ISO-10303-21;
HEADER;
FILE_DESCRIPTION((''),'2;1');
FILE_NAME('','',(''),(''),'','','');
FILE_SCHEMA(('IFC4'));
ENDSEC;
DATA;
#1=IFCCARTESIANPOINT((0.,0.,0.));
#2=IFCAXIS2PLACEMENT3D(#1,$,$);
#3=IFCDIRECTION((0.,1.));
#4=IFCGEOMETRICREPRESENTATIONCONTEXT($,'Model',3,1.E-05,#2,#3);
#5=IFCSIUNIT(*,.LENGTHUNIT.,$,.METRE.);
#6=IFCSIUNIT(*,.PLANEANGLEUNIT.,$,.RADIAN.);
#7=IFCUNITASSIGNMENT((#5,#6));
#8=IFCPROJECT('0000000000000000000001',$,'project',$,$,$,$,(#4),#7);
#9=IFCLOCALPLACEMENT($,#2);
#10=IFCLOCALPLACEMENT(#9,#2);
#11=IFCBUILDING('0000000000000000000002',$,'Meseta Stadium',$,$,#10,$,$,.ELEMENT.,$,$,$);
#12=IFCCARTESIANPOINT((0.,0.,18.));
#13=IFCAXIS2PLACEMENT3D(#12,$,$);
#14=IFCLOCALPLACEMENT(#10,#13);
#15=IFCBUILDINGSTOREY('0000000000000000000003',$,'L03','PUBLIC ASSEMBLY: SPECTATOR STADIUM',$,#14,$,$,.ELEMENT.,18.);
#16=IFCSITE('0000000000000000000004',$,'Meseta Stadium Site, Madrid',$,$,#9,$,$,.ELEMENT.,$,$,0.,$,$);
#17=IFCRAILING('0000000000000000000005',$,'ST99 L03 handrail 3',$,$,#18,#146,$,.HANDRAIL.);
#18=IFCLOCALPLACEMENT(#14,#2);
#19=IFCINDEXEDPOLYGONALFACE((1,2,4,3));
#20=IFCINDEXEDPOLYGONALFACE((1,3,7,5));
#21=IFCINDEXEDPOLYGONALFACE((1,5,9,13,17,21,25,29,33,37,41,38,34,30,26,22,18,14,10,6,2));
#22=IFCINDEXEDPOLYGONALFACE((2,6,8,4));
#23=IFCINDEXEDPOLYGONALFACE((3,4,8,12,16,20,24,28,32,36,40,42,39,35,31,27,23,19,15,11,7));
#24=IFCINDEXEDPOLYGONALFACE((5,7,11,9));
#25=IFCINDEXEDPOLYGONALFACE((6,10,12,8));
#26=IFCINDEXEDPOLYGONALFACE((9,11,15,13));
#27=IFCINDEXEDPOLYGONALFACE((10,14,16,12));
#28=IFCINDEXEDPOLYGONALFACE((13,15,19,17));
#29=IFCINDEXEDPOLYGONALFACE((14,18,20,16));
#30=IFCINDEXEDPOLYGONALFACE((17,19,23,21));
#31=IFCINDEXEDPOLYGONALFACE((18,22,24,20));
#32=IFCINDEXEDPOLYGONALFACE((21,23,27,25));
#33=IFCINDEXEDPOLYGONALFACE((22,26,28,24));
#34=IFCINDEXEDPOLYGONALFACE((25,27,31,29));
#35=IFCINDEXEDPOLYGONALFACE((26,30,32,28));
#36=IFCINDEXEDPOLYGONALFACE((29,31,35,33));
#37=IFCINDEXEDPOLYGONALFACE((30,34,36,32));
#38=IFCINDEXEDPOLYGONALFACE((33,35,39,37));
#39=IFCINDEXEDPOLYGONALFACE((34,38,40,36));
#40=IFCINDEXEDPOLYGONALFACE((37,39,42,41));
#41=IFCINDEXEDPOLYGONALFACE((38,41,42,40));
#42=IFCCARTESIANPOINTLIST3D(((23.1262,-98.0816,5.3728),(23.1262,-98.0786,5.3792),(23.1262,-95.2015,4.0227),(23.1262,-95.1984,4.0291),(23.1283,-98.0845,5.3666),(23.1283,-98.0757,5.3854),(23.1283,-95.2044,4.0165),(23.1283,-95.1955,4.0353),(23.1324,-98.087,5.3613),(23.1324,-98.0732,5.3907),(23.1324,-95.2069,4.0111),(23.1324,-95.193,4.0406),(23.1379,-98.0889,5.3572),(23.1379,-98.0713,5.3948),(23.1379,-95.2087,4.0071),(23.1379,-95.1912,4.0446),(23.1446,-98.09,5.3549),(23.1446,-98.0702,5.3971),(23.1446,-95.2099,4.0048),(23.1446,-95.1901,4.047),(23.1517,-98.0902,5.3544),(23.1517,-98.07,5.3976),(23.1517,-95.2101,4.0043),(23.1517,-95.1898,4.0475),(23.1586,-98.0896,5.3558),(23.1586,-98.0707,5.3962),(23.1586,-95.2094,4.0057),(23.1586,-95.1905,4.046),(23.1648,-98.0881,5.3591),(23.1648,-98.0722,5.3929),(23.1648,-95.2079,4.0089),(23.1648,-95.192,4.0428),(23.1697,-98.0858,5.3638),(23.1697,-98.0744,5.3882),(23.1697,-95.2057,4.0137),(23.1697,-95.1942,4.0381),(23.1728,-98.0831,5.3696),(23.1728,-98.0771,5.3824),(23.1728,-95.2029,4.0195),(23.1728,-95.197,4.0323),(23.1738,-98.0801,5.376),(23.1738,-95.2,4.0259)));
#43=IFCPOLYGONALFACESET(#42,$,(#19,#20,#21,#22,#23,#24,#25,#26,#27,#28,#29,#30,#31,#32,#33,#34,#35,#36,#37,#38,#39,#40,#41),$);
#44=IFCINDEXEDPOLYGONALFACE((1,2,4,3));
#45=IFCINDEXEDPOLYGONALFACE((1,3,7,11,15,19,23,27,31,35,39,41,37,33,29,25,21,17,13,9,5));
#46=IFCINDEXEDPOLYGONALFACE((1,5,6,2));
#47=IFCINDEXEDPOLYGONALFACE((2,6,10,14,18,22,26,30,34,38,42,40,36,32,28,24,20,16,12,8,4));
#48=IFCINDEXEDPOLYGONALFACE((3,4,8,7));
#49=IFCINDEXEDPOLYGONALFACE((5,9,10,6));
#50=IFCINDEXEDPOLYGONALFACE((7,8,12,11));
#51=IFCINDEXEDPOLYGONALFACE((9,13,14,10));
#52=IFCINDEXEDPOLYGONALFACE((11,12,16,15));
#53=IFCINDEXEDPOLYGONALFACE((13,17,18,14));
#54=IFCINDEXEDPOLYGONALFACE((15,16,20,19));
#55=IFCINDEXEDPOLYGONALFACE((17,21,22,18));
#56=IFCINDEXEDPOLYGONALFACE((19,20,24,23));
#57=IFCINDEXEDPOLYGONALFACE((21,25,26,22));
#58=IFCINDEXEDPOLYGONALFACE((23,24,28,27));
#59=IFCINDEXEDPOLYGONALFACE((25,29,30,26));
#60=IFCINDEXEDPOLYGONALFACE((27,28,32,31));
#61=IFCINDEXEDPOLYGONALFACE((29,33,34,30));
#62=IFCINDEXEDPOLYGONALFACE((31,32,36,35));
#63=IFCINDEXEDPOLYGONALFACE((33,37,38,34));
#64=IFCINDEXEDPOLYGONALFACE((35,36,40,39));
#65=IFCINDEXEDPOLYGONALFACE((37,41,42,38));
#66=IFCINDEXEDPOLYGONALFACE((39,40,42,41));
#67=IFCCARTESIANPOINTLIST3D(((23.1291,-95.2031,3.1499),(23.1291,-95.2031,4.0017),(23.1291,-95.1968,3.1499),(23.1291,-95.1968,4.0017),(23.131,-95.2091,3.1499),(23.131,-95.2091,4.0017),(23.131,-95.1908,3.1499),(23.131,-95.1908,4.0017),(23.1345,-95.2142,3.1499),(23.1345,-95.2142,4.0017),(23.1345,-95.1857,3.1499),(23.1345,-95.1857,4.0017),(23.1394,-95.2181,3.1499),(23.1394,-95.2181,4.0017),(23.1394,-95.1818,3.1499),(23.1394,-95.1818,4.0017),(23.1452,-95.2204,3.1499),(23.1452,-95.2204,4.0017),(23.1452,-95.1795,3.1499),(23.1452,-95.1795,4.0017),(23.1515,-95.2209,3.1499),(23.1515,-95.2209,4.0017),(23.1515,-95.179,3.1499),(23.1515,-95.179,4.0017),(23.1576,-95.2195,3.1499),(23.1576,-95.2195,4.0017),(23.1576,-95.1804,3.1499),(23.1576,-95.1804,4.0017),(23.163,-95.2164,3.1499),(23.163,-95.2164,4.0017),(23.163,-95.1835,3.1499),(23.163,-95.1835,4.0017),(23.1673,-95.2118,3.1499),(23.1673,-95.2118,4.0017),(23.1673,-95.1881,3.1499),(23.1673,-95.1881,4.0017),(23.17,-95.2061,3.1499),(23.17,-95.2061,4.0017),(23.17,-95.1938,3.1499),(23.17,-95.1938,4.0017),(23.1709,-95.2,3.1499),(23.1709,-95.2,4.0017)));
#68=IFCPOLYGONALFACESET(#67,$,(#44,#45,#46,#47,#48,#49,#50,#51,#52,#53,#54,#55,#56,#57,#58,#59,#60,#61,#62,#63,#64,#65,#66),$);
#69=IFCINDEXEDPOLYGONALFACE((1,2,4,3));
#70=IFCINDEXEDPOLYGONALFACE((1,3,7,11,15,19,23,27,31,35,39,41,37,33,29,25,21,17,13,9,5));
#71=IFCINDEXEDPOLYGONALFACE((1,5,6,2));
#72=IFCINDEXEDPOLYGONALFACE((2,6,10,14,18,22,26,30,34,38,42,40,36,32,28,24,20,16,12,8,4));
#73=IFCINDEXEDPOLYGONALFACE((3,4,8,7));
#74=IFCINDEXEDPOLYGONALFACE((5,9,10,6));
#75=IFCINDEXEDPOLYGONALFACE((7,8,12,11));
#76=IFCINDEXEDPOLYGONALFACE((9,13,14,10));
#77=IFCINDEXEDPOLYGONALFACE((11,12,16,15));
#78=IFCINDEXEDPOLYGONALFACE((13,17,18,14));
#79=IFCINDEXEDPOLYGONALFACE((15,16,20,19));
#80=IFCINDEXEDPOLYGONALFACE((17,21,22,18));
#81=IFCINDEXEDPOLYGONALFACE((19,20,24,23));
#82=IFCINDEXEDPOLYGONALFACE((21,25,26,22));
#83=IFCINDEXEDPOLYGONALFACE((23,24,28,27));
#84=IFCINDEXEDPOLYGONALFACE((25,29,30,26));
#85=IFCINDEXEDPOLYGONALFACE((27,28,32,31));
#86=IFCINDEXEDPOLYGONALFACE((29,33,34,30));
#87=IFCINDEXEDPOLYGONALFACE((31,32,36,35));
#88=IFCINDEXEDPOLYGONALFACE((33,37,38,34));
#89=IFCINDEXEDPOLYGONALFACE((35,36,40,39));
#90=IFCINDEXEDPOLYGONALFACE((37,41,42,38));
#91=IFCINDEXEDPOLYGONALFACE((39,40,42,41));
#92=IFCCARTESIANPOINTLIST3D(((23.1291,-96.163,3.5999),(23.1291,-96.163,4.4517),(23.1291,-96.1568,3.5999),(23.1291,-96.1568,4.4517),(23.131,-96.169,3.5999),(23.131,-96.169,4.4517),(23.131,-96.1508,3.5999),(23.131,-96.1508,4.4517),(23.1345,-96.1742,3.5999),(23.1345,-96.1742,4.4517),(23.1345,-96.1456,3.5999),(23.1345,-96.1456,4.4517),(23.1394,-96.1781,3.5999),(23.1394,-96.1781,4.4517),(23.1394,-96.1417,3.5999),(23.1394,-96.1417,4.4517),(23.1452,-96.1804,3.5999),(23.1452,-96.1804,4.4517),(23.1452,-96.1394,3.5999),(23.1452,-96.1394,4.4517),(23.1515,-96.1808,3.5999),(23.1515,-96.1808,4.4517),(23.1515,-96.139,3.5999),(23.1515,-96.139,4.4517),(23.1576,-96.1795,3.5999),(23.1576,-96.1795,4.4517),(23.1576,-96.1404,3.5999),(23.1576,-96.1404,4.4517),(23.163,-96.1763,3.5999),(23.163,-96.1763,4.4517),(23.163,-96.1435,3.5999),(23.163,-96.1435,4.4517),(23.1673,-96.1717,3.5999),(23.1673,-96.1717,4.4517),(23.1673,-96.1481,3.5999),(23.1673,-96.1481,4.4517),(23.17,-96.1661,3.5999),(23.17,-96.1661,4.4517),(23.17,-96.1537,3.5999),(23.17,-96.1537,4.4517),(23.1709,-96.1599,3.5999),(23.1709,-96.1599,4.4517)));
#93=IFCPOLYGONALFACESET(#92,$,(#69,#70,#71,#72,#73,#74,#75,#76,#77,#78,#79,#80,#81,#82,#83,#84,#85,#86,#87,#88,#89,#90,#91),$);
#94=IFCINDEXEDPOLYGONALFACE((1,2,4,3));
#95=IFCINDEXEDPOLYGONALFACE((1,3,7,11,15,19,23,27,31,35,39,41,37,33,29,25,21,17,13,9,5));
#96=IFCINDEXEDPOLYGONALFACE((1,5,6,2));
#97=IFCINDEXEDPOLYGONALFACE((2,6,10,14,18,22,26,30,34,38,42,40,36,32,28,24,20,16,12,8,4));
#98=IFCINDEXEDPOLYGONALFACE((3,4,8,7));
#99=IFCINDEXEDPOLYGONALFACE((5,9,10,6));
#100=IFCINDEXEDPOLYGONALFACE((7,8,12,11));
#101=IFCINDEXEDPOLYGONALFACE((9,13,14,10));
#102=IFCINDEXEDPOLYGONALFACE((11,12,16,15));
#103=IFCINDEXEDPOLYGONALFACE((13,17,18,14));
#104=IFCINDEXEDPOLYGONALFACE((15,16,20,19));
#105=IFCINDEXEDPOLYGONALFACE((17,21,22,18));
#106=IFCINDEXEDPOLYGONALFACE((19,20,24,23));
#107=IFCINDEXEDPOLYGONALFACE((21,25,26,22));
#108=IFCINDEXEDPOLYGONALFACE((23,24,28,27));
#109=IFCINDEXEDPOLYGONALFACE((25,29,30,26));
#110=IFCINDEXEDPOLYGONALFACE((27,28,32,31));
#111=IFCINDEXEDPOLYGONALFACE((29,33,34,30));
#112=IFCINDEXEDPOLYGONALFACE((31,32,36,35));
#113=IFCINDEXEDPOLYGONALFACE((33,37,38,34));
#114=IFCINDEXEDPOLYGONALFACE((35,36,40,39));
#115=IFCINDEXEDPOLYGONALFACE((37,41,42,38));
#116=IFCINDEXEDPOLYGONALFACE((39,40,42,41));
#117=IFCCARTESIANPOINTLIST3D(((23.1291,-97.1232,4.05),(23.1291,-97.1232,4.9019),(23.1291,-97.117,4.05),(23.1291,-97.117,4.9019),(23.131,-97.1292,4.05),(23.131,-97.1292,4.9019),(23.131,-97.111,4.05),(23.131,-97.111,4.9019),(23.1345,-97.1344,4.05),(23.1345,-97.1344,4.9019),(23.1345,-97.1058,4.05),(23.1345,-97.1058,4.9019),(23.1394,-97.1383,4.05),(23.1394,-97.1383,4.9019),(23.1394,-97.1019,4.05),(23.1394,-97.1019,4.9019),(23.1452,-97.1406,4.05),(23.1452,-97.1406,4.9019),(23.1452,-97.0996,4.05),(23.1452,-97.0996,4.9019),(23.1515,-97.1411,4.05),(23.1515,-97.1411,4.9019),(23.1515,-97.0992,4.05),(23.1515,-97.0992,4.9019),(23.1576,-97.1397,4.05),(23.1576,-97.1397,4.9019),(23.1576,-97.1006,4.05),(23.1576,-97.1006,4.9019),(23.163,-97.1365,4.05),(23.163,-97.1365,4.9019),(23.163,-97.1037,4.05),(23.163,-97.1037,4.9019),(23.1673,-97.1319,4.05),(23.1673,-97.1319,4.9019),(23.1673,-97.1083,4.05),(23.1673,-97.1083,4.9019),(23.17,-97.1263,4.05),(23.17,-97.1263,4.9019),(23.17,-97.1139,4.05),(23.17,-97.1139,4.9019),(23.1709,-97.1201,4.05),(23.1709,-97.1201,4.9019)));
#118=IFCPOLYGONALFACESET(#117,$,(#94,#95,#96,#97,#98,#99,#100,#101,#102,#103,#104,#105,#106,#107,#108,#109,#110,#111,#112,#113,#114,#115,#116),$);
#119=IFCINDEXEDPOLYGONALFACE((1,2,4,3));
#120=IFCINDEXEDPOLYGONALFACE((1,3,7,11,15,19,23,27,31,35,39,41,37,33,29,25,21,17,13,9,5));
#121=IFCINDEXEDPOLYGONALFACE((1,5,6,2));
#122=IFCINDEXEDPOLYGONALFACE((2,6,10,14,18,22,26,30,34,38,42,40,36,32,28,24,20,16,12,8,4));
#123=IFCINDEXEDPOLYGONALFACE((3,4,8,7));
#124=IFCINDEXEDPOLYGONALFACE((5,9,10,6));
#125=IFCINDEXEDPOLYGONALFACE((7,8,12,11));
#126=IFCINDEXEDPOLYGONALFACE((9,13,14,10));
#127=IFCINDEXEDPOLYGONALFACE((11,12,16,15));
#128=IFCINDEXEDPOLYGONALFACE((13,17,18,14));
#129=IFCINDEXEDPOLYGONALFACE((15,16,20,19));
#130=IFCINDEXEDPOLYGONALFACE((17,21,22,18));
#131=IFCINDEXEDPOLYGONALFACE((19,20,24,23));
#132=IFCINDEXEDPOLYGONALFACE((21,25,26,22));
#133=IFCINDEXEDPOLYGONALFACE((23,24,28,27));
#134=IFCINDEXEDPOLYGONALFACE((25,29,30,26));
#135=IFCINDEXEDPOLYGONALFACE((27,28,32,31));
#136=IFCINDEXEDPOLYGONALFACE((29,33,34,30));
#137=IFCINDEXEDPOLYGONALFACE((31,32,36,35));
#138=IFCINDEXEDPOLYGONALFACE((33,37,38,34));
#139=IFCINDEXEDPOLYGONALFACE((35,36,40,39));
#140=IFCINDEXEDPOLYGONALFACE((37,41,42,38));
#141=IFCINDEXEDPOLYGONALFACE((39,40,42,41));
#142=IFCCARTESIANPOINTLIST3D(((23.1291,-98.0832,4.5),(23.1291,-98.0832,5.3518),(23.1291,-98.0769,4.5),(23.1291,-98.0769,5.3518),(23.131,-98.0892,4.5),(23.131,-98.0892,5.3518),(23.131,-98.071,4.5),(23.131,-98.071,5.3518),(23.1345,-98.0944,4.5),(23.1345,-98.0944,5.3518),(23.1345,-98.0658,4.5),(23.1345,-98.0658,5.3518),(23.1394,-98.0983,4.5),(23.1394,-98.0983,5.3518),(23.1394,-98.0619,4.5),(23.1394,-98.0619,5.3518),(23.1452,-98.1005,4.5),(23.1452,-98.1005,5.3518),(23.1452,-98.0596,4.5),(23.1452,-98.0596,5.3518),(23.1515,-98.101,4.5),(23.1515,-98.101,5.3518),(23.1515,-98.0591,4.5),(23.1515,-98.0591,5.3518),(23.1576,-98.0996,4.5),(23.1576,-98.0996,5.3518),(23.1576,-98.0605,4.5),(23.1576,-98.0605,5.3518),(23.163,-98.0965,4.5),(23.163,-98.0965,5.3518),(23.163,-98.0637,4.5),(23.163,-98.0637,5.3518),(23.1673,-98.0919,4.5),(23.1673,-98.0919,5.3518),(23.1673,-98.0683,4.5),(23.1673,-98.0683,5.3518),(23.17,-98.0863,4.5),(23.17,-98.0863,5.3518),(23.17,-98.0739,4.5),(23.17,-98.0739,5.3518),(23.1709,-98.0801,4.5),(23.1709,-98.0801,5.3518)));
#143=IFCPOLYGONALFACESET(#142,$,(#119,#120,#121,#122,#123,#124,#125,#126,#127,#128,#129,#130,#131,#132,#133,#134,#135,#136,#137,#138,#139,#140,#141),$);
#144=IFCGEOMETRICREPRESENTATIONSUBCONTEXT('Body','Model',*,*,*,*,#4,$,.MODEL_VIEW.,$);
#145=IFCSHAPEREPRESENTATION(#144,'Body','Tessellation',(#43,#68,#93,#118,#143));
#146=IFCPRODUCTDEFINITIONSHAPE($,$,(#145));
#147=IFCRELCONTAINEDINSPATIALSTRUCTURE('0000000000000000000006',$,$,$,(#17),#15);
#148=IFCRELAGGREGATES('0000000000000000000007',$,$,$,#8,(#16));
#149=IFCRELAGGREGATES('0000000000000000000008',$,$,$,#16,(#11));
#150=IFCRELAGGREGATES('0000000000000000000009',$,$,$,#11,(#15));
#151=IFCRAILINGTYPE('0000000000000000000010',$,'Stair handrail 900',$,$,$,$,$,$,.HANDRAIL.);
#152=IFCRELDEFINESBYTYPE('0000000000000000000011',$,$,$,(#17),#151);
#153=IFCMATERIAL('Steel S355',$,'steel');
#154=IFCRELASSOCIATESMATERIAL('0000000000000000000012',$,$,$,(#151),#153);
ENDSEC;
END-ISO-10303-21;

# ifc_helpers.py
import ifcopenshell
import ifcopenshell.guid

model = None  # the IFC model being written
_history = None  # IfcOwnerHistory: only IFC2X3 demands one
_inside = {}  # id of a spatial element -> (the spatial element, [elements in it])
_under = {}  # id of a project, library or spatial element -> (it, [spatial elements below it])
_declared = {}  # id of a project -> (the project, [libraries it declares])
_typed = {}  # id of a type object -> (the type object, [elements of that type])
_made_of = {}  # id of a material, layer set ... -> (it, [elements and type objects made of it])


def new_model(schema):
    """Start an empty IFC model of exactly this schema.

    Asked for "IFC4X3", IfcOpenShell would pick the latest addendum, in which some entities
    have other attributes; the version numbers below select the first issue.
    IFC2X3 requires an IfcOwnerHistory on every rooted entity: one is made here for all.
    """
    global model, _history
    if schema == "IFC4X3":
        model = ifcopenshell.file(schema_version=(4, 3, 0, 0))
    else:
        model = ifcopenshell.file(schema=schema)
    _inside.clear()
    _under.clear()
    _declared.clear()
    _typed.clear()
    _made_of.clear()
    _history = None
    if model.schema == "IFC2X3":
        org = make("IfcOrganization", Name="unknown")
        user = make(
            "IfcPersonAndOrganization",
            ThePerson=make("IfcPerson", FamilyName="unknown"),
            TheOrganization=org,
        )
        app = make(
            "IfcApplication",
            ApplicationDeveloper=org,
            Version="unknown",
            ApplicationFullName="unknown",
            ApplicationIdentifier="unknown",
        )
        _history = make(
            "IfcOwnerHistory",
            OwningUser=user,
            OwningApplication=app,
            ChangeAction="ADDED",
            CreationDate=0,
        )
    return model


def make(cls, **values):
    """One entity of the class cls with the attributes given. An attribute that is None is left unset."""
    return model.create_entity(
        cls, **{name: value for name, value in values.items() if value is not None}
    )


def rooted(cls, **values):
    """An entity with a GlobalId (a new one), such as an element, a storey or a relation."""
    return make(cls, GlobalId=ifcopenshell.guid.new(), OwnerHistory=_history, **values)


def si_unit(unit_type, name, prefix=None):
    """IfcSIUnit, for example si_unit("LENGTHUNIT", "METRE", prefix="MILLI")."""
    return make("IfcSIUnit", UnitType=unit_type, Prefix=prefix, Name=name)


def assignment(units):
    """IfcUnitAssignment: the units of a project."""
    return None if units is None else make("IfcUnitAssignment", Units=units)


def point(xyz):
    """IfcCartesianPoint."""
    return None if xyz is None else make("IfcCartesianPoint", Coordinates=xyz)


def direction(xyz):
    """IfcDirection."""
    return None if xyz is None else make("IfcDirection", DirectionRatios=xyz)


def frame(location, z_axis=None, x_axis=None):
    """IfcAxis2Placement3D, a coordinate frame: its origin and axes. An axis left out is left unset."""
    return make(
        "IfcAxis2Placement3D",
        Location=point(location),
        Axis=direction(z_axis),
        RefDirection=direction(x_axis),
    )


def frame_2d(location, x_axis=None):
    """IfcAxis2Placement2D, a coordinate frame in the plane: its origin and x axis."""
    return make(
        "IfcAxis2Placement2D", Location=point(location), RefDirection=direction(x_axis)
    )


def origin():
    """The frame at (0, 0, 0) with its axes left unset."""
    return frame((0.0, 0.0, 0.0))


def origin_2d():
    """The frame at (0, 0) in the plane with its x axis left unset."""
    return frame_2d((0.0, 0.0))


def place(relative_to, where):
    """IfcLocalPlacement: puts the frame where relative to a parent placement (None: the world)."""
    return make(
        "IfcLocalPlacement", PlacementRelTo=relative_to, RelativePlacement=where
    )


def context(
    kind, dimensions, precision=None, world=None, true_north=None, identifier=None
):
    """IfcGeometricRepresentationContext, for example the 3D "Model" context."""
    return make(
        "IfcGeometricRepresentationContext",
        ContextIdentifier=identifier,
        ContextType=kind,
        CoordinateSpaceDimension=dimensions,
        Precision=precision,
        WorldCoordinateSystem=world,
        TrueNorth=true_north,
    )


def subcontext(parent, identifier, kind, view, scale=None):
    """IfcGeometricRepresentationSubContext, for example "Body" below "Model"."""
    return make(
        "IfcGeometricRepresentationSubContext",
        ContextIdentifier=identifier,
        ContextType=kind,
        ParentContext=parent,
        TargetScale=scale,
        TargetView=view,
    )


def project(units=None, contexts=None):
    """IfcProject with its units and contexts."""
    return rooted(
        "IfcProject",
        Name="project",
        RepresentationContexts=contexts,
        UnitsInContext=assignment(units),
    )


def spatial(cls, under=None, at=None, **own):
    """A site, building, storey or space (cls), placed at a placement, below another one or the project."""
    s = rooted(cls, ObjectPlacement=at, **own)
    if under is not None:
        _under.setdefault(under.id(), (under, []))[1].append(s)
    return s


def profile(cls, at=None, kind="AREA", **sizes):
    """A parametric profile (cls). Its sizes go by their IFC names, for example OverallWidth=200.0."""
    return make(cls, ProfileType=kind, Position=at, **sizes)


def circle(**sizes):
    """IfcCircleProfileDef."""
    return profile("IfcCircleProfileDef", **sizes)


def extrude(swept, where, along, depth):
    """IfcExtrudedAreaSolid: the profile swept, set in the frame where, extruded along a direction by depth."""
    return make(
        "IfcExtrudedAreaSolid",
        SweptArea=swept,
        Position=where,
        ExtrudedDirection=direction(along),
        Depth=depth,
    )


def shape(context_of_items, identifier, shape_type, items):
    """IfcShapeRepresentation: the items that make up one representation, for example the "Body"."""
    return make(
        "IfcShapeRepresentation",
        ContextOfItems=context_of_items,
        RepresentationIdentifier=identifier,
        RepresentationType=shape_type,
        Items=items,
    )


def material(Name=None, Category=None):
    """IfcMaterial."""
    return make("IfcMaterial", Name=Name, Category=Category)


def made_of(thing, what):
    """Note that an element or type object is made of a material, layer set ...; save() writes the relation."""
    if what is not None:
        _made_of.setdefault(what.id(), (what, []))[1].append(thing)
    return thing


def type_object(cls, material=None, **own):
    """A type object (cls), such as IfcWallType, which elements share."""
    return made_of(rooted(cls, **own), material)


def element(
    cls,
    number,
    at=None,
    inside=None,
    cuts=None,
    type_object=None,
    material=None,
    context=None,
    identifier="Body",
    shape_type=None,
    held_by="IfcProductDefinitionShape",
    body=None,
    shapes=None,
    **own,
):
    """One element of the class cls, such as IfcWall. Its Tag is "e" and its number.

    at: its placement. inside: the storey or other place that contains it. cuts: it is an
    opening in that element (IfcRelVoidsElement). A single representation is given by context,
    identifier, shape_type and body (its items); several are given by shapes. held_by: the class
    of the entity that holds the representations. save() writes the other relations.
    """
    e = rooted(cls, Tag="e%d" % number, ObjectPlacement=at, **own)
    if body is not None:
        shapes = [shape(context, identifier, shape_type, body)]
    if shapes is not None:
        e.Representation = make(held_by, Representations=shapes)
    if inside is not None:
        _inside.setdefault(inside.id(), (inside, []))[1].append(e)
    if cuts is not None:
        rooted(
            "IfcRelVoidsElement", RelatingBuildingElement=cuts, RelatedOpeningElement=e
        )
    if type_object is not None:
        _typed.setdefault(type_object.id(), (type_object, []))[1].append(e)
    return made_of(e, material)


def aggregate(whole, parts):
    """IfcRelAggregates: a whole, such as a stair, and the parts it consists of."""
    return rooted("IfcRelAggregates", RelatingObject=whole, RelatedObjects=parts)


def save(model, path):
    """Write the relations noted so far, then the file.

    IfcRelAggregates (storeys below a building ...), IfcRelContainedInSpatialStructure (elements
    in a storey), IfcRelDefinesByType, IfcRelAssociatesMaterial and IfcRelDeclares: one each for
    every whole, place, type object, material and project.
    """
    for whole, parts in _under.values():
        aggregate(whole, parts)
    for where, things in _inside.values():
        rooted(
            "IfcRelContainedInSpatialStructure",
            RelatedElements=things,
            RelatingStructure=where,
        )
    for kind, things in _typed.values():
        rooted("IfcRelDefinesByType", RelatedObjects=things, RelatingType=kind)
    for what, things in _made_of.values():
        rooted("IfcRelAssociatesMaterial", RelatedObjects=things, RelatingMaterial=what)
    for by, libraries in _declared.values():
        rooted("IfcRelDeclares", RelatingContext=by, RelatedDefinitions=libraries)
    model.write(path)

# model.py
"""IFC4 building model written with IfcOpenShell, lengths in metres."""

from ifc_helpers import new_model, si_unit, direction, frame, origin, origin_2d, place, context, subcontext, project, spatial, circle, extrude, material, type_object, element, save


model = new_model("IFC4")

# Units and contexts
model_context = context("Model", 3, precision=1e-05, world=origin(), true_north=direction((0.0, 1.0)))
body_context = subcontext(model_context, "Body", "Model", "MODEL_VIEW")
ifc_project = project(units=[si_unit("LENGTHUNIT", "METRE"), si_unit("PLANEANGLEUNIT", "RADIAN")], contexts=[model_context])

# Site, building, storey
site_placement = place(None, origin())
site = spatial("IfcSite", under=ifc_project, at=site_placement, Name="Meseta Stadium Site, Madrid", CompositionType="ELEMENT", RefElevation=0.0)
building_placement = place(site_placement, origin())
building = spatial("IfcBuilding", under=site, at=building_placement, Name="Meseta Stadium", CompositionType="ELEMENT")
storey_placement = place(building_placement, frame((0.0, 0.0, 18.0)))
storey = spatial("IfcBuildingStorey", under=building, at=storey_placement, Name="L03", Description="PUBLIC ASSEMBLY: SPECTATOR STADIUM", CompositionType="ELEMENT", Elevation=18.0)

# Railing
ifc_material_1 = material(Name="Steel S355", Category="steel")
railing_type_1 = type_object("IfcRailingType", Name="Stair handrail 900", PredefinedType="HANDRAIL", material=ifc_material_1)
for number, where, name in (
    (1, (23.1499, -95.2, 3.1499), "ST99 L03 handrail 3"),
):
    element("IfcRailing", number, at=place(storey_placement, frame(where)), inside=storey, type_object=railing_type_1, Name=name, PredefinedType="HANDRAIL", context=body_context, shape_type="SweptSolid", body=[
        extrude(circle(Radius=0.0239, at=origin_2d()), frame((0.0, 0.0, 0.876), z_axis=(0.0, -0.905454, 0.424444), x_axis=(1.0, 0.0, 0.0)), (0.0, 0.0, 1.0), 3.1809),
        extrude(circle(Radius=0.021, at=origin_2d()), origin(), (0.0, 0.0, 1.0), 0.8518),
        extrude(circle(Radius=0.021, at=origin_2d()), frame((0.0, -0.96, 0.45)), (0.0, 0.0, 1.0), 0.8518),
        extrude(circle(Radius=0.021, at=origin_2d()), frame((0.0, -1.9202, 0.9001)), (0.0, 0.0, 1.0), 0.8518),
        extrude(circle(Radius=0.021, at=origin_2d()), frame((0.0, -2.8801, 1.3501)), (0.0, 0.0, 1.0), 0.8518),
    ])

save(model, "model.ifc")
